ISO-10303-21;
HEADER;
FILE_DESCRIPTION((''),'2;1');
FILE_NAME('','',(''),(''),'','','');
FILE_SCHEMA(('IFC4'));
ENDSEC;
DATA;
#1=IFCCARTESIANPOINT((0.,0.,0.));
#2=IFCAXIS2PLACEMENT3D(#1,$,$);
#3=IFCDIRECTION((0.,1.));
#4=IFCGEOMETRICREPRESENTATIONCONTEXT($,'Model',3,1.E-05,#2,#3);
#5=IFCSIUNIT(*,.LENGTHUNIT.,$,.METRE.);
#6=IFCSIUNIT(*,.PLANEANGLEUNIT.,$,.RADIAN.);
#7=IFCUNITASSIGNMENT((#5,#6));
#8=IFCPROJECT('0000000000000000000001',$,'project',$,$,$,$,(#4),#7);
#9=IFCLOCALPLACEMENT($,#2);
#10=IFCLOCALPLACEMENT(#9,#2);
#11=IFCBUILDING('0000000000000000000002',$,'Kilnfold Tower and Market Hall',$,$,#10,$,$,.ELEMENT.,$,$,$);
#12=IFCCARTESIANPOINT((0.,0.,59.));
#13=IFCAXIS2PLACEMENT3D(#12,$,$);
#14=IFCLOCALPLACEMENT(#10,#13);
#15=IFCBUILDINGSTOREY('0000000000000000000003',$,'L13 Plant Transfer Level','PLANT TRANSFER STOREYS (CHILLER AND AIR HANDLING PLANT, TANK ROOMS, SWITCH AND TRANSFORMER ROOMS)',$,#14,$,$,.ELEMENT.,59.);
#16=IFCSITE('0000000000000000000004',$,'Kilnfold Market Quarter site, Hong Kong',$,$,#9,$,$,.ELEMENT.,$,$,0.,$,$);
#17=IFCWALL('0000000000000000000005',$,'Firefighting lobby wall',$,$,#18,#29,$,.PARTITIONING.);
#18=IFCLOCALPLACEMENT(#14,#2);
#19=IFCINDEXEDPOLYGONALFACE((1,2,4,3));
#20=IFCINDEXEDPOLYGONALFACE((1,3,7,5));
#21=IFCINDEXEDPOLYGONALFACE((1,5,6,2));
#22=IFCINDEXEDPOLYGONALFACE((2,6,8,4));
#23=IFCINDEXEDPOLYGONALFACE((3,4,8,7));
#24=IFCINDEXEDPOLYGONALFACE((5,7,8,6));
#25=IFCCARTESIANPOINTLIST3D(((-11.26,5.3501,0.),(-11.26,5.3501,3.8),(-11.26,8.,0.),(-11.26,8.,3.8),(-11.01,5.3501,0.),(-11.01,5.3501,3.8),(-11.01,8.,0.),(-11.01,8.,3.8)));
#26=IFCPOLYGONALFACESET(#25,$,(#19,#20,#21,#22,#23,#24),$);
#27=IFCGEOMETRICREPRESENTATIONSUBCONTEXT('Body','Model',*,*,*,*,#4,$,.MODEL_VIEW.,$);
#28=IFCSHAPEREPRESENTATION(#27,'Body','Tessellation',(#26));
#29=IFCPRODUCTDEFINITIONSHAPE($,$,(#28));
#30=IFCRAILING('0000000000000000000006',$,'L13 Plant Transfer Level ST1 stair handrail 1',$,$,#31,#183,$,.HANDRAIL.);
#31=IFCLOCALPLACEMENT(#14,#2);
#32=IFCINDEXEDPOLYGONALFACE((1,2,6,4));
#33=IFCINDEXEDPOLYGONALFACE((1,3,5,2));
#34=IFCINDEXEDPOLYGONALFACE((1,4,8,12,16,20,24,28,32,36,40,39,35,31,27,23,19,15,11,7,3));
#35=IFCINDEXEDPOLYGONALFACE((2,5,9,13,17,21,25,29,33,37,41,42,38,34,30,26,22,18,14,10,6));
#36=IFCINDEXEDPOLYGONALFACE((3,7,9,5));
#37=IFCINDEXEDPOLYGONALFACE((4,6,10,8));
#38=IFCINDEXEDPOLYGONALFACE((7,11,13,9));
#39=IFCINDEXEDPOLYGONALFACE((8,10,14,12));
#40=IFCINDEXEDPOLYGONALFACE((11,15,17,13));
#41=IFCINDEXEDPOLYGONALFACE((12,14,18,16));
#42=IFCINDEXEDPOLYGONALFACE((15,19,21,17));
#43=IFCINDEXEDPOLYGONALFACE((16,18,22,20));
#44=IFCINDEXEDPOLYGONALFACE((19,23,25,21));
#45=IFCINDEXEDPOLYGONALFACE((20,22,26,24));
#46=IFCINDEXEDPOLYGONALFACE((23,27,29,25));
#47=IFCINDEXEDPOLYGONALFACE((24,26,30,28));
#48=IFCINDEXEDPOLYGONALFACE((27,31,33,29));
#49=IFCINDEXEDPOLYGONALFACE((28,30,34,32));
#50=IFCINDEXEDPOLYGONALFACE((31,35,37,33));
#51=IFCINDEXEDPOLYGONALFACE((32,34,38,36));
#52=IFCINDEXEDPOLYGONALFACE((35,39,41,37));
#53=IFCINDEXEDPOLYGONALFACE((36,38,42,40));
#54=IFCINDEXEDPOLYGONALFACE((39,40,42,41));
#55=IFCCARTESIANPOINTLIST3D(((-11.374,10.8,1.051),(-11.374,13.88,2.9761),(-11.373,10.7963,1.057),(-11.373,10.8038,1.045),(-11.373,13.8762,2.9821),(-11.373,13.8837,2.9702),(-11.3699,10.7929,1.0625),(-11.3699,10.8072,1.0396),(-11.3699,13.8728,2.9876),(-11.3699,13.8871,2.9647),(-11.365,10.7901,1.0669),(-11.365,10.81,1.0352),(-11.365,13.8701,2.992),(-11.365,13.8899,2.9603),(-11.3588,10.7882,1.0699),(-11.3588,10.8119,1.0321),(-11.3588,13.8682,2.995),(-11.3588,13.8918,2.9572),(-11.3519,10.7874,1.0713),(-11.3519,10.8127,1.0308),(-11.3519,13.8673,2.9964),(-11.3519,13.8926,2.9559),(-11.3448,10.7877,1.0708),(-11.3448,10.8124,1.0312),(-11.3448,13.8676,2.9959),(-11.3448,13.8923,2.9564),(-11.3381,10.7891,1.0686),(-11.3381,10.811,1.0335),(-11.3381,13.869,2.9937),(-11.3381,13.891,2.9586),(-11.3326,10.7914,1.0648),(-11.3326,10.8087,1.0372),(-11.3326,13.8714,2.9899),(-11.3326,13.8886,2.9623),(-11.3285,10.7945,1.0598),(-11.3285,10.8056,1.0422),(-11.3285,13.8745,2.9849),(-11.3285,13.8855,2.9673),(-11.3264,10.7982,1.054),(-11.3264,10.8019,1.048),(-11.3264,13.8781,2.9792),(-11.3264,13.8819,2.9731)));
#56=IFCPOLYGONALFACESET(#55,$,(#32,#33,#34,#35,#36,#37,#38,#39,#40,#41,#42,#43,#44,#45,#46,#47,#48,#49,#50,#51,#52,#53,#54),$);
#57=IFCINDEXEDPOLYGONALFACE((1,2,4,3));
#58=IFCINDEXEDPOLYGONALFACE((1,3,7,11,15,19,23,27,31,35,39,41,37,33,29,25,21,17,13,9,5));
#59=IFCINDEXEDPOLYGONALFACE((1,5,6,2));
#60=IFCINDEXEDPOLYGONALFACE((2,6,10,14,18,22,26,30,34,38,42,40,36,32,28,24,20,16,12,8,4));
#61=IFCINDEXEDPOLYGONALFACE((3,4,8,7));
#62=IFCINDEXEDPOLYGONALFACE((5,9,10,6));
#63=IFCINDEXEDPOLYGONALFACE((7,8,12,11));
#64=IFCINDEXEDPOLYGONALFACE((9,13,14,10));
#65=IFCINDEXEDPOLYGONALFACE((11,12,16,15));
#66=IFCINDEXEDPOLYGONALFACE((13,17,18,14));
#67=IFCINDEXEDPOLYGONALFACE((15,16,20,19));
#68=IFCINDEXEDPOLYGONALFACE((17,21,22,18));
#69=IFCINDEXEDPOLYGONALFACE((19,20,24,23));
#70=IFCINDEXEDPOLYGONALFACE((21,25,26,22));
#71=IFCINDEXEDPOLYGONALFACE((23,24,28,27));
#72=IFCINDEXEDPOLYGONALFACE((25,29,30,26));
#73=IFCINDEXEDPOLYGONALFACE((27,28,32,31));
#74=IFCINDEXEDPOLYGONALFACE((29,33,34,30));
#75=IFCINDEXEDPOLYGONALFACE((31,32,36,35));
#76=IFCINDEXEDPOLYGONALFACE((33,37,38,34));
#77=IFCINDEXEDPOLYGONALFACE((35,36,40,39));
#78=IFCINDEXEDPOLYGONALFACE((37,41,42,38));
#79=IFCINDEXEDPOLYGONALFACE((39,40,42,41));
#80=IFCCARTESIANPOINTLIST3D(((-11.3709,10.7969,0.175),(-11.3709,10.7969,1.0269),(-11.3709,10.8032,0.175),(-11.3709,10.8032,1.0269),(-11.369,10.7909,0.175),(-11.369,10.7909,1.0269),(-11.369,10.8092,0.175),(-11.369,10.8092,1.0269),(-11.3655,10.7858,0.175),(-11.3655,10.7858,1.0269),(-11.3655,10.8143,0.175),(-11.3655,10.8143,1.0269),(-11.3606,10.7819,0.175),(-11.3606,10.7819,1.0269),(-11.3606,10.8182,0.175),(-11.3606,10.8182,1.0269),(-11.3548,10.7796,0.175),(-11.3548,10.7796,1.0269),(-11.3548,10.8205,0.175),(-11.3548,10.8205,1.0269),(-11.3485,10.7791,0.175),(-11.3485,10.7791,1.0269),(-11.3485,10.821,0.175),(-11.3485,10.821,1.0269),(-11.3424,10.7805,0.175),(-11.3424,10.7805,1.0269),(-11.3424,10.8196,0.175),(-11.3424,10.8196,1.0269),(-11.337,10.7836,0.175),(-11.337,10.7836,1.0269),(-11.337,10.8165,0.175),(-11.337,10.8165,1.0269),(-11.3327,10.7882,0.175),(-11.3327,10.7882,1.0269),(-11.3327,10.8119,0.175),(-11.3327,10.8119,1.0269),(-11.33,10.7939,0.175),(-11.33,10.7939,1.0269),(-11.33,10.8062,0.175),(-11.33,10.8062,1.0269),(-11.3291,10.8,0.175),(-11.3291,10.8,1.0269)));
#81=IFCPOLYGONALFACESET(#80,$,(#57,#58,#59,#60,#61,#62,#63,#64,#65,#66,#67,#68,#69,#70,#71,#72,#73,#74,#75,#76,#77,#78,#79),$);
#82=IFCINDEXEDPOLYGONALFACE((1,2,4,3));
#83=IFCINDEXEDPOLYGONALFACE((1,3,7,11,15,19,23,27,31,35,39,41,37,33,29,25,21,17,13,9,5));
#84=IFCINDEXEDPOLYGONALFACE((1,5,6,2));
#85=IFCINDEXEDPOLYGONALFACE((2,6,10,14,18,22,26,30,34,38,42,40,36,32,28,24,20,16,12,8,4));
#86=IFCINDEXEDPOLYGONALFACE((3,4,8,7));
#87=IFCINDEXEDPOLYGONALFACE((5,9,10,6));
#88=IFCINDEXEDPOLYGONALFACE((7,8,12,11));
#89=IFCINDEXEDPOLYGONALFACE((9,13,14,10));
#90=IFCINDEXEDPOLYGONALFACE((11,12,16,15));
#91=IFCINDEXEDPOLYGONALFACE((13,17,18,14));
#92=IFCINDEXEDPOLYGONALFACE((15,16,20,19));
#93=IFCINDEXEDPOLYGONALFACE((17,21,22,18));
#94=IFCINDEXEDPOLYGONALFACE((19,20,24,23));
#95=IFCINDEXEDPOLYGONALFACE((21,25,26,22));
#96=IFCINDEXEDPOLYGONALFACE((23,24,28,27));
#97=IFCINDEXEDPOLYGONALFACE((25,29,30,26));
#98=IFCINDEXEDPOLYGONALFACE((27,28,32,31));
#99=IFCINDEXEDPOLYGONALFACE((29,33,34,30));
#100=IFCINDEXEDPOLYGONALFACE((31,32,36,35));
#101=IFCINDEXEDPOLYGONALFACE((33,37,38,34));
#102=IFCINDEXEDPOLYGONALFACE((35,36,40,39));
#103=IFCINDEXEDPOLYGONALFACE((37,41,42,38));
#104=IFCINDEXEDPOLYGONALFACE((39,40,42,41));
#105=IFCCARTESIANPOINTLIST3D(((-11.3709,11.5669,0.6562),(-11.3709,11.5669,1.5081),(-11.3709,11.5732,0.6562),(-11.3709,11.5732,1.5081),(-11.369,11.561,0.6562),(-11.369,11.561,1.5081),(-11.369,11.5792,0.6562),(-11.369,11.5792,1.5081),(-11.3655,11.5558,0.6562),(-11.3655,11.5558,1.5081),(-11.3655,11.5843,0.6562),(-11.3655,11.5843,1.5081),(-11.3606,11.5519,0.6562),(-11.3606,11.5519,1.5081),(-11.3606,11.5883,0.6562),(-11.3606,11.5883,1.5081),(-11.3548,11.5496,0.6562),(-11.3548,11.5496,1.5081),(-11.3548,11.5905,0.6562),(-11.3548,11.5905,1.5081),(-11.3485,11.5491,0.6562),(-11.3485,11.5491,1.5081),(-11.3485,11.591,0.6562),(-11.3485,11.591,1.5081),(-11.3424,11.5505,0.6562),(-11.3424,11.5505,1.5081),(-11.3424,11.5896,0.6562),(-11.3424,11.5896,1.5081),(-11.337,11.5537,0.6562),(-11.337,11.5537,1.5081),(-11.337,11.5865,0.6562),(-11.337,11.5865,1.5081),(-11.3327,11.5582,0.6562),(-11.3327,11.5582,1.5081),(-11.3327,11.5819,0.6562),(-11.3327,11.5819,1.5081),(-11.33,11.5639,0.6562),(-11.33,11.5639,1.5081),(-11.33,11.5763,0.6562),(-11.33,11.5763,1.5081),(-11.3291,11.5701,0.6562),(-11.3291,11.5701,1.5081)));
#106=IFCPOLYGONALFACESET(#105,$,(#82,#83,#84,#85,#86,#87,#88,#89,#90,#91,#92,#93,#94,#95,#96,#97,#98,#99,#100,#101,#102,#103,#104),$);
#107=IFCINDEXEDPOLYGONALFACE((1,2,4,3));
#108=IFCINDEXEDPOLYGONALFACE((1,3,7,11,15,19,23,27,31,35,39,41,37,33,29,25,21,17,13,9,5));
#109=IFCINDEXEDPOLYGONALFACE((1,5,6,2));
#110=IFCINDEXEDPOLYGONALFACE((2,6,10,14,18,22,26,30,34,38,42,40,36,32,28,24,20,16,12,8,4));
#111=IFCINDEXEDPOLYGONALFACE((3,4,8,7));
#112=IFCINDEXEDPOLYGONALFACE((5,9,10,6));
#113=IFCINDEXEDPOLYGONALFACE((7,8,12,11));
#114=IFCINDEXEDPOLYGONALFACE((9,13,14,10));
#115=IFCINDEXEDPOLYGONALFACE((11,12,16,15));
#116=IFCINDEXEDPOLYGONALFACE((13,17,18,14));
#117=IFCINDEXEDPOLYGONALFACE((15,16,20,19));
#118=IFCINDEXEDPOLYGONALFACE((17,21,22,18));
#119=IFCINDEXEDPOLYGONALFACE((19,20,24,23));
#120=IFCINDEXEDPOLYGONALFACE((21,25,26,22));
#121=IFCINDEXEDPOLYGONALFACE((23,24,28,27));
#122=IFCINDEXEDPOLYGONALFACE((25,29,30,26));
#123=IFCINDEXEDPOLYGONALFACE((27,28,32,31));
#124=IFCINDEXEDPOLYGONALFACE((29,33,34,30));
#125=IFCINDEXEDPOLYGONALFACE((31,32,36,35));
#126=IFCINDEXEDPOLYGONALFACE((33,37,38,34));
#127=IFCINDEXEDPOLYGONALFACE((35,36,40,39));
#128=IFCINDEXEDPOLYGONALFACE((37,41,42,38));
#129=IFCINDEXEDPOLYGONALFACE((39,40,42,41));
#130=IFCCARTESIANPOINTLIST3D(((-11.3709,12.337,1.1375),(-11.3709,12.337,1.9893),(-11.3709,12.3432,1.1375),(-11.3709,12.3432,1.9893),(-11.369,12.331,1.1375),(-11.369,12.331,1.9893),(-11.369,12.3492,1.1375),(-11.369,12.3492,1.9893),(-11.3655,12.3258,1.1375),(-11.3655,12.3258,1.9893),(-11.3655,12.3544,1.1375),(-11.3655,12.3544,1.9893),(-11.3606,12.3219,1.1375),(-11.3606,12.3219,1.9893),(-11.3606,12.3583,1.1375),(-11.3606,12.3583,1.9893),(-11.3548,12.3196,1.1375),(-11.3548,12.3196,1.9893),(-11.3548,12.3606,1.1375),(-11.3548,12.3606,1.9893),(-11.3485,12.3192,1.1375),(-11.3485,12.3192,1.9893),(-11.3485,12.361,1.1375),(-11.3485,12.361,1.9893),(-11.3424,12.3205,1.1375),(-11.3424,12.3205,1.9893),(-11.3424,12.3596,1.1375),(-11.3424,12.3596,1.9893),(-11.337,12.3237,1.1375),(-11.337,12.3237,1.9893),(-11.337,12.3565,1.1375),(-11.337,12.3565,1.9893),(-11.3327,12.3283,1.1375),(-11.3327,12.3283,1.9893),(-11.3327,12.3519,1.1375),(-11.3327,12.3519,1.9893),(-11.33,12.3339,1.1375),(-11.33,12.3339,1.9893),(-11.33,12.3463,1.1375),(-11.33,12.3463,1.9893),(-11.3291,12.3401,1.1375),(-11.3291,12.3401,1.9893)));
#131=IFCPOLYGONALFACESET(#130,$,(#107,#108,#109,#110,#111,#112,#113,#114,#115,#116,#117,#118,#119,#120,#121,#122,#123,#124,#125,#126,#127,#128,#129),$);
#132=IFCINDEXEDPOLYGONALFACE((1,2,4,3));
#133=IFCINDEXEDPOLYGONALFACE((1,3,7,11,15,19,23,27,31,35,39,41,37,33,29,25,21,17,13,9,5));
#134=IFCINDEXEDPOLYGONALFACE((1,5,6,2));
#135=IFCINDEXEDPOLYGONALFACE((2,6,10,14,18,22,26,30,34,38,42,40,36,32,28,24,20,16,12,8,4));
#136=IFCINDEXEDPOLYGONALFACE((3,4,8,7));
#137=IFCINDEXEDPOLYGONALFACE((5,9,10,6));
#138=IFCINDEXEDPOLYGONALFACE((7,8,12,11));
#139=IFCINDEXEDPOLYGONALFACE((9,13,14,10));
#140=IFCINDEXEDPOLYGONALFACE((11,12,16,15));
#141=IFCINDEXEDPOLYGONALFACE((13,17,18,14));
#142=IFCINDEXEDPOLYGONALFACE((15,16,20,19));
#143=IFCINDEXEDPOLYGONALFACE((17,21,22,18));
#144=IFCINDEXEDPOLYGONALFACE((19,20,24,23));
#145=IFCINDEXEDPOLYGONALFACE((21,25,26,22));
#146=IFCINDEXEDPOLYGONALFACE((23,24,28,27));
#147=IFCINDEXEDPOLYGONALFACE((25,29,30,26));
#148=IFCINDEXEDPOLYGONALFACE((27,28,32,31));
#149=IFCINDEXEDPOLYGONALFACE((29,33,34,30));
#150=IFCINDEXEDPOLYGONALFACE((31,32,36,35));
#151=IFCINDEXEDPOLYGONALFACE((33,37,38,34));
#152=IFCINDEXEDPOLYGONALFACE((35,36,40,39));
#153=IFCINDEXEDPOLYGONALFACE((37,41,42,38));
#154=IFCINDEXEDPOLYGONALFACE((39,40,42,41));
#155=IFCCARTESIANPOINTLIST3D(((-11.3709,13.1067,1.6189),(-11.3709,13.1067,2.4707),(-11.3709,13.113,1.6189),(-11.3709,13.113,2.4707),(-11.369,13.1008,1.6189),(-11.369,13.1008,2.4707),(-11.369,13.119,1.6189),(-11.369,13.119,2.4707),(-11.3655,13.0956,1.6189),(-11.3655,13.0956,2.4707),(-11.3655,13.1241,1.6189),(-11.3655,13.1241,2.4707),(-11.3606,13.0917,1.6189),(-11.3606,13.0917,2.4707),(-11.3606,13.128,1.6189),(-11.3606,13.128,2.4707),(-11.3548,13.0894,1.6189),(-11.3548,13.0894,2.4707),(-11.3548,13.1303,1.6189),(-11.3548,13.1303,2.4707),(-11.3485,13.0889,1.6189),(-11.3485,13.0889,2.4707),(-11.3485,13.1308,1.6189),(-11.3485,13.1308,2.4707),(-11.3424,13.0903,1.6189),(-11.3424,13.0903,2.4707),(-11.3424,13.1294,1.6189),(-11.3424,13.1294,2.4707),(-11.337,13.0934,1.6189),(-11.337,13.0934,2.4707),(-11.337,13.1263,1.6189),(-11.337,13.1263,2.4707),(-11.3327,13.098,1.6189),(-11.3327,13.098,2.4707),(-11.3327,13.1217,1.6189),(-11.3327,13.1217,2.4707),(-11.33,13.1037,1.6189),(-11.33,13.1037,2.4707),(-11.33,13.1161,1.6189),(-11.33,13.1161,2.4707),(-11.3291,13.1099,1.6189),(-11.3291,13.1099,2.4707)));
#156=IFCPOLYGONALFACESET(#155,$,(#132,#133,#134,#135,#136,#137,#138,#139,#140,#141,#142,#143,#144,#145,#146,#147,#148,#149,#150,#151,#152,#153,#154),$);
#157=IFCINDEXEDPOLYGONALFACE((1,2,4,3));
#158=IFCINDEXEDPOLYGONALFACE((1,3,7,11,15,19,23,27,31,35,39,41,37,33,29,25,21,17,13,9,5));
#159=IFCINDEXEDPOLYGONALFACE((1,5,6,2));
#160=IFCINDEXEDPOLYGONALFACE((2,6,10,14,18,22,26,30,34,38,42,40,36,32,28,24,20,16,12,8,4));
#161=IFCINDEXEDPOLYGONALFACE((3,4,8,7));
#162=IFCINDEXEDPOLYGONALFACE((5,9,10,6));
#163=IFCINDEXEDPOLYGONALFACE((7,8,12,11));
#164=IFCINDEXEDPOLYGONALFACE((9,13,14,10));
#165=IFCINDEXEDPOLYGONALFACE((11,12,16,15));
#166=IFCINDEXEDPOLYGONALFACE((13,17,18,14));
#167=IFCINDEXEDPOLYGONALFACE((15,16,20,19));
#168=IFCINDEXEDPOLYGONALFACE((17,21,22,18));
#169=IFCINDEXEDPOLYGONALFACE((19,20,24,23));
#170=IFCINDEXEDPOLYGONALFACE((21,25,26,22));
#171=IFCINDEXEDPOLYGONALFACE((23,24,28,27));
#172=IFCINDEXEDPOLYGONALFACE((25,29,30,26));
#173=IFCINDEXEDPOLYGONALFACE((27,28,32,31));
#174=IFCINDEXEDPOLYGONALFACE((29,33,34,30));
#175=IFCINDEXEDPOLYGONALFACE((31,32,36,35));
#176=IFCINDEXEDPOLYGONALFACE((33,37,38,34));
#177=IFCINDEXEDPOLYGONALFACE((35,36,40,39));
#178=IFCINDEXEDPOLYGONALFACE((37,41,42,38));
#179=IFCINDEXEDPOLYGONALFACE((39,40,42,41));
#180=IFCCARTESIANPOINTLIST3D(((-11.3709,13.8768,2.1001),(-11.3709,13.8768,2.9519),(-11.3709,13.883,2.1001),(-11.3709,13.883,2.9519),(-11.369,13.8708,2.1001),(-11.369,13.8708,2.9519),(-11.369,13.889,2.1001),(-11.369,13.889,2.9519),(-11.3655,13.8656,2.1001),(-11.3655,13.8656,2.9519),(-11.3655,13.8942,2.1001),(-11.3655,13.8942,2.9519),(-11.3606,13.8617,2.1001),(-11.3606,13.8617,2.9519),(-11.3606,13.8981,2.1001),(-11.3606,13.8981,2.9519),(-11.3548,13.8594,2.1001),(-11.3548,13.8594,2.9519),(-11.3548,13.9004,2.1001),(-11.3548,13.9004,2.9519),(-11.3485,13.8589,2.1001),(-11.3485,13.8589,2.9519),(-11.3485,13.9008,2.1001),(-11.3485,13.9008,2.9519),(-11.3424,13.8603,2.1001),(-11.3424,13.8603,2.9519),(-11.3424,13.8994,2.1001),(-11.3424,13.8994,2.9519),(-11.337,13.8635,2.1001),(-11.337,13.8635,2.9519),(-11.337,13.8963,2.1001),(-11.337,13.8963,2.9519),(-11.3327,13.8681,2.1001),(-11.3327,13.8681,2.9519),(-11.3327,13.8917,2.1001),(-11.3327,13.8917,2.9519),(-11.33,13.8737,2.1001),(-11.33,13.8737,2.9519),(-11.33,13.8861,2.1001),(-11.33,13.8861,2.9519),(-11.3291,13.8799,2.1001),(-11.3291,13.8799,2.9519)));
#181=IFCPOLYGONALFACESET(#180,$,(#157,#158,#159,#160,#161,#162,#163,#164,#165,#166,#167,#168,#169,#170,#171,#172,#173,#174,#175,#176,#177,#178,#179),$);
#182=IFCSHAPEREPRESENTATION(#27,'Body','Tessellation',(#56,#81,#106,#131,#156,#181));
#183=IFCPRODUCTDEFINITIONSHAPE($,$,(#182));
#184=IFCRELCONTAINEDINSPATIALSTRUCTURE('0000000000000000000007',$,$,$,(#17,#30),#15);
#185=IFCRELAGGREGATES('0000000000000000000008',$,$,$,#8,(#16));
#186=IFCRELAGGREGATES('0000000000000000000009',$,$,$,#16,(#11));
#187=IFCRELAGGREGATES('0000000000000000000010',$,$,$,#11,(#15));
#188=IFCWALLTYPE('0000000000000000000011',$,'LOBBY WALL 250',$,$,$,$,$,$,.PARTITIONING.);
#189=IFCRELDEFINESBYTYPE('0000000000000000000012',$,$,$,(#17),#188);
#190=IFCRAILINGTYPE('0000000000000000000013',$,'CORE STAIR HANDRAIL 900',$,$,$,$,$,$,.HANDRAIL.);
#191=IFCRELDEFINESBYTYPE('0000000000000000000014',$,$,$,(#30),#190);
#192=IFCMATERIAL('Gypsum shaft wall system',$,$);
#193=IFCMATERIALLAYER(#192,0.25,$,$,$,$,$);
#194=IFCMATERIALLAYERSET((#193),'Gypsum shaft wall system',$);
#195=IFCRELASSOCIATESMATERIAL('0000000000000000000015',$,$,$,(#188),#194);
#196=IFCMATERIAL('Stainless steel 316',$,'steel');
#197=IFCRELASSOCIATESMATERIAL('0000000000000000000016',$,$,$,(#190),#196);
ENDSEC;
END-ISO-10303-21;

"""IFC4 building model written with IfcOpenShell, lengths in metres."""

from ifc_helpers import new_model, si_unit, direction, frame, frame_2d, origin, origin_2d, place, context, subcontext, project, spatial, rectangle, circle, extrude, source, transform, mapped, material, layer, layer_set, type_object, element, save


model = new_model("IFC4")

# Units and contexts
model_context = context("Model", 3, precision=1e-05, world=origin(), true_north=direction((0.0, 1.0)))
body_context = subcontext(model_context, "Body", "Model", "MODEL_VIEW")
ifc_project = project(units=[si_unit("LENGTHUNIT", "METRE"), si_unit("PLANEANGLEUNIT", "RADIAN")], contexts=[model_context])

# Site, building, storey
site_placement = place(None, origin())
site = spatial("IfcSite", under=ifc_project, at=site_placement, Name="Kilnfold Market Quarter site, Hong Kong", CompositionType="ELEMENT", RefElevation=0.0)
building_placement = place(site_placement, origin())
building = spatial("IfcBuilding", under=site, at=building_placement, Name="Kilnfold Tower and Market Hall", CompositionType="ELEMENT")
storey_placement = place(building_placement, frame((0.0, 0.0, 59.0)))
storey = spatial("IfcBuildingStorey", under=building, at=storey_placement, Name="L13 Plant Transfer Level", Description="PLANT TRANSFER STOREYS (CHILLER AND AIR HANDLING PLANT, TANK ROOMS, SWITCH AND TRANSFORMER ROOMS)", CompositionType="ELEMENT", Elevation=59.0)

# Wall
ifc_material_1 = material(Name="Gypsum shaft wall system")
ifc_layer_1 = layer(ifc_material_1, 0.25)
ifc_layer_set_1 = layer_set([ifc_layer_1], Name="Gypsum shaft wall system")
wall_type_1 = type_object("IfcWallType", Name="LOBBY WALL 250", PredefinedType="PARTITIONING", material=ifc_layer_set_1)
shared_shape_1 = source(origin(), body_context, "Body", "SweptSolid", [
    extrude(rectangle(XDim=2.6499, YDim=0.25, at=frame_2d((1.325, 0.0))), origin(), (0.0, 0.0, 1.0), 3.8),
])
wall_1_placement = place(storey_placement, frame((-11.135, 5.3501, 0.0), z_axis=(0.0, 0.0, 1.0), x_axis=(0.0, 1.0, 0.0)))
element("IfcWall", 1, at=wall_1_placement, inside=storey, type_object=wall_type_1, Name="Firefighting lobby wall", PredefinedType="PARTITIONING", context=body_context, shape_type="MappedRepresentation", body=[
    mapped(shared_shape_1, transform((0.0, 0.0, 0.0))),
])

# Railing
ifc_material_2 = material(Name="Stainless steel 316", Category="steel")
railing_type_1 = type_object("IfcRailingType", Name="CORE STAIR HANDRAIL 900", PredefinedType="HANDRAIL", material=ifc_material_2)
railing_1_placement = place(storey_placement, frame((-11.3501, 10.8, 0.175)))
element("IfcRailing", 2, at=railing_1_placement, inside=storey, type_object=railing_type_1, Name="L13 Plant Transfer Level ST1 stair handrail 1", PredefinedType="HANDRAIL", context=body_context, shape_type="SweptSolid", body=[
    extrude(circle(Radius=0.0239, at=origin_2d()), frame((0.0, 0.0, 0.876), z_axis=(0.0, 0.847979, 0.530029), x_axis=(-1.0, 0.0, 0.0)), (0.0, 0.0, 1.0), 3.6321),
    extrude(circle(Radius=0.021, at=origin_2d()), origin(), (0.0, 0.0, 1.0), 0.8518),
    extrude(circle(Radius=0.021, at=origin_2d()), frame((0.0, 0.77, 0.4812)), (0.0, 0.0, 1.0), 0.8518),
    extrude(circle(Radius=0.021, at=origin_2d()), frame((0.0, 1.54, 0.9624)), (0.0, 0.0, 1.0), 0.8518),
    extrude(circle(Radius=0.021, at=origin_2d()), frame((0.0, 2.3098, 1.4438)), (0.0, 0.0, 1.0), 0.8518),
    extrude(circle(Radius=0.021, at=origin_2d()), frame((0.0, 3.0798, 1.925)), (0.0, 0.0, 1.0), 0.8518),
])

save(model, "model.ifc")
